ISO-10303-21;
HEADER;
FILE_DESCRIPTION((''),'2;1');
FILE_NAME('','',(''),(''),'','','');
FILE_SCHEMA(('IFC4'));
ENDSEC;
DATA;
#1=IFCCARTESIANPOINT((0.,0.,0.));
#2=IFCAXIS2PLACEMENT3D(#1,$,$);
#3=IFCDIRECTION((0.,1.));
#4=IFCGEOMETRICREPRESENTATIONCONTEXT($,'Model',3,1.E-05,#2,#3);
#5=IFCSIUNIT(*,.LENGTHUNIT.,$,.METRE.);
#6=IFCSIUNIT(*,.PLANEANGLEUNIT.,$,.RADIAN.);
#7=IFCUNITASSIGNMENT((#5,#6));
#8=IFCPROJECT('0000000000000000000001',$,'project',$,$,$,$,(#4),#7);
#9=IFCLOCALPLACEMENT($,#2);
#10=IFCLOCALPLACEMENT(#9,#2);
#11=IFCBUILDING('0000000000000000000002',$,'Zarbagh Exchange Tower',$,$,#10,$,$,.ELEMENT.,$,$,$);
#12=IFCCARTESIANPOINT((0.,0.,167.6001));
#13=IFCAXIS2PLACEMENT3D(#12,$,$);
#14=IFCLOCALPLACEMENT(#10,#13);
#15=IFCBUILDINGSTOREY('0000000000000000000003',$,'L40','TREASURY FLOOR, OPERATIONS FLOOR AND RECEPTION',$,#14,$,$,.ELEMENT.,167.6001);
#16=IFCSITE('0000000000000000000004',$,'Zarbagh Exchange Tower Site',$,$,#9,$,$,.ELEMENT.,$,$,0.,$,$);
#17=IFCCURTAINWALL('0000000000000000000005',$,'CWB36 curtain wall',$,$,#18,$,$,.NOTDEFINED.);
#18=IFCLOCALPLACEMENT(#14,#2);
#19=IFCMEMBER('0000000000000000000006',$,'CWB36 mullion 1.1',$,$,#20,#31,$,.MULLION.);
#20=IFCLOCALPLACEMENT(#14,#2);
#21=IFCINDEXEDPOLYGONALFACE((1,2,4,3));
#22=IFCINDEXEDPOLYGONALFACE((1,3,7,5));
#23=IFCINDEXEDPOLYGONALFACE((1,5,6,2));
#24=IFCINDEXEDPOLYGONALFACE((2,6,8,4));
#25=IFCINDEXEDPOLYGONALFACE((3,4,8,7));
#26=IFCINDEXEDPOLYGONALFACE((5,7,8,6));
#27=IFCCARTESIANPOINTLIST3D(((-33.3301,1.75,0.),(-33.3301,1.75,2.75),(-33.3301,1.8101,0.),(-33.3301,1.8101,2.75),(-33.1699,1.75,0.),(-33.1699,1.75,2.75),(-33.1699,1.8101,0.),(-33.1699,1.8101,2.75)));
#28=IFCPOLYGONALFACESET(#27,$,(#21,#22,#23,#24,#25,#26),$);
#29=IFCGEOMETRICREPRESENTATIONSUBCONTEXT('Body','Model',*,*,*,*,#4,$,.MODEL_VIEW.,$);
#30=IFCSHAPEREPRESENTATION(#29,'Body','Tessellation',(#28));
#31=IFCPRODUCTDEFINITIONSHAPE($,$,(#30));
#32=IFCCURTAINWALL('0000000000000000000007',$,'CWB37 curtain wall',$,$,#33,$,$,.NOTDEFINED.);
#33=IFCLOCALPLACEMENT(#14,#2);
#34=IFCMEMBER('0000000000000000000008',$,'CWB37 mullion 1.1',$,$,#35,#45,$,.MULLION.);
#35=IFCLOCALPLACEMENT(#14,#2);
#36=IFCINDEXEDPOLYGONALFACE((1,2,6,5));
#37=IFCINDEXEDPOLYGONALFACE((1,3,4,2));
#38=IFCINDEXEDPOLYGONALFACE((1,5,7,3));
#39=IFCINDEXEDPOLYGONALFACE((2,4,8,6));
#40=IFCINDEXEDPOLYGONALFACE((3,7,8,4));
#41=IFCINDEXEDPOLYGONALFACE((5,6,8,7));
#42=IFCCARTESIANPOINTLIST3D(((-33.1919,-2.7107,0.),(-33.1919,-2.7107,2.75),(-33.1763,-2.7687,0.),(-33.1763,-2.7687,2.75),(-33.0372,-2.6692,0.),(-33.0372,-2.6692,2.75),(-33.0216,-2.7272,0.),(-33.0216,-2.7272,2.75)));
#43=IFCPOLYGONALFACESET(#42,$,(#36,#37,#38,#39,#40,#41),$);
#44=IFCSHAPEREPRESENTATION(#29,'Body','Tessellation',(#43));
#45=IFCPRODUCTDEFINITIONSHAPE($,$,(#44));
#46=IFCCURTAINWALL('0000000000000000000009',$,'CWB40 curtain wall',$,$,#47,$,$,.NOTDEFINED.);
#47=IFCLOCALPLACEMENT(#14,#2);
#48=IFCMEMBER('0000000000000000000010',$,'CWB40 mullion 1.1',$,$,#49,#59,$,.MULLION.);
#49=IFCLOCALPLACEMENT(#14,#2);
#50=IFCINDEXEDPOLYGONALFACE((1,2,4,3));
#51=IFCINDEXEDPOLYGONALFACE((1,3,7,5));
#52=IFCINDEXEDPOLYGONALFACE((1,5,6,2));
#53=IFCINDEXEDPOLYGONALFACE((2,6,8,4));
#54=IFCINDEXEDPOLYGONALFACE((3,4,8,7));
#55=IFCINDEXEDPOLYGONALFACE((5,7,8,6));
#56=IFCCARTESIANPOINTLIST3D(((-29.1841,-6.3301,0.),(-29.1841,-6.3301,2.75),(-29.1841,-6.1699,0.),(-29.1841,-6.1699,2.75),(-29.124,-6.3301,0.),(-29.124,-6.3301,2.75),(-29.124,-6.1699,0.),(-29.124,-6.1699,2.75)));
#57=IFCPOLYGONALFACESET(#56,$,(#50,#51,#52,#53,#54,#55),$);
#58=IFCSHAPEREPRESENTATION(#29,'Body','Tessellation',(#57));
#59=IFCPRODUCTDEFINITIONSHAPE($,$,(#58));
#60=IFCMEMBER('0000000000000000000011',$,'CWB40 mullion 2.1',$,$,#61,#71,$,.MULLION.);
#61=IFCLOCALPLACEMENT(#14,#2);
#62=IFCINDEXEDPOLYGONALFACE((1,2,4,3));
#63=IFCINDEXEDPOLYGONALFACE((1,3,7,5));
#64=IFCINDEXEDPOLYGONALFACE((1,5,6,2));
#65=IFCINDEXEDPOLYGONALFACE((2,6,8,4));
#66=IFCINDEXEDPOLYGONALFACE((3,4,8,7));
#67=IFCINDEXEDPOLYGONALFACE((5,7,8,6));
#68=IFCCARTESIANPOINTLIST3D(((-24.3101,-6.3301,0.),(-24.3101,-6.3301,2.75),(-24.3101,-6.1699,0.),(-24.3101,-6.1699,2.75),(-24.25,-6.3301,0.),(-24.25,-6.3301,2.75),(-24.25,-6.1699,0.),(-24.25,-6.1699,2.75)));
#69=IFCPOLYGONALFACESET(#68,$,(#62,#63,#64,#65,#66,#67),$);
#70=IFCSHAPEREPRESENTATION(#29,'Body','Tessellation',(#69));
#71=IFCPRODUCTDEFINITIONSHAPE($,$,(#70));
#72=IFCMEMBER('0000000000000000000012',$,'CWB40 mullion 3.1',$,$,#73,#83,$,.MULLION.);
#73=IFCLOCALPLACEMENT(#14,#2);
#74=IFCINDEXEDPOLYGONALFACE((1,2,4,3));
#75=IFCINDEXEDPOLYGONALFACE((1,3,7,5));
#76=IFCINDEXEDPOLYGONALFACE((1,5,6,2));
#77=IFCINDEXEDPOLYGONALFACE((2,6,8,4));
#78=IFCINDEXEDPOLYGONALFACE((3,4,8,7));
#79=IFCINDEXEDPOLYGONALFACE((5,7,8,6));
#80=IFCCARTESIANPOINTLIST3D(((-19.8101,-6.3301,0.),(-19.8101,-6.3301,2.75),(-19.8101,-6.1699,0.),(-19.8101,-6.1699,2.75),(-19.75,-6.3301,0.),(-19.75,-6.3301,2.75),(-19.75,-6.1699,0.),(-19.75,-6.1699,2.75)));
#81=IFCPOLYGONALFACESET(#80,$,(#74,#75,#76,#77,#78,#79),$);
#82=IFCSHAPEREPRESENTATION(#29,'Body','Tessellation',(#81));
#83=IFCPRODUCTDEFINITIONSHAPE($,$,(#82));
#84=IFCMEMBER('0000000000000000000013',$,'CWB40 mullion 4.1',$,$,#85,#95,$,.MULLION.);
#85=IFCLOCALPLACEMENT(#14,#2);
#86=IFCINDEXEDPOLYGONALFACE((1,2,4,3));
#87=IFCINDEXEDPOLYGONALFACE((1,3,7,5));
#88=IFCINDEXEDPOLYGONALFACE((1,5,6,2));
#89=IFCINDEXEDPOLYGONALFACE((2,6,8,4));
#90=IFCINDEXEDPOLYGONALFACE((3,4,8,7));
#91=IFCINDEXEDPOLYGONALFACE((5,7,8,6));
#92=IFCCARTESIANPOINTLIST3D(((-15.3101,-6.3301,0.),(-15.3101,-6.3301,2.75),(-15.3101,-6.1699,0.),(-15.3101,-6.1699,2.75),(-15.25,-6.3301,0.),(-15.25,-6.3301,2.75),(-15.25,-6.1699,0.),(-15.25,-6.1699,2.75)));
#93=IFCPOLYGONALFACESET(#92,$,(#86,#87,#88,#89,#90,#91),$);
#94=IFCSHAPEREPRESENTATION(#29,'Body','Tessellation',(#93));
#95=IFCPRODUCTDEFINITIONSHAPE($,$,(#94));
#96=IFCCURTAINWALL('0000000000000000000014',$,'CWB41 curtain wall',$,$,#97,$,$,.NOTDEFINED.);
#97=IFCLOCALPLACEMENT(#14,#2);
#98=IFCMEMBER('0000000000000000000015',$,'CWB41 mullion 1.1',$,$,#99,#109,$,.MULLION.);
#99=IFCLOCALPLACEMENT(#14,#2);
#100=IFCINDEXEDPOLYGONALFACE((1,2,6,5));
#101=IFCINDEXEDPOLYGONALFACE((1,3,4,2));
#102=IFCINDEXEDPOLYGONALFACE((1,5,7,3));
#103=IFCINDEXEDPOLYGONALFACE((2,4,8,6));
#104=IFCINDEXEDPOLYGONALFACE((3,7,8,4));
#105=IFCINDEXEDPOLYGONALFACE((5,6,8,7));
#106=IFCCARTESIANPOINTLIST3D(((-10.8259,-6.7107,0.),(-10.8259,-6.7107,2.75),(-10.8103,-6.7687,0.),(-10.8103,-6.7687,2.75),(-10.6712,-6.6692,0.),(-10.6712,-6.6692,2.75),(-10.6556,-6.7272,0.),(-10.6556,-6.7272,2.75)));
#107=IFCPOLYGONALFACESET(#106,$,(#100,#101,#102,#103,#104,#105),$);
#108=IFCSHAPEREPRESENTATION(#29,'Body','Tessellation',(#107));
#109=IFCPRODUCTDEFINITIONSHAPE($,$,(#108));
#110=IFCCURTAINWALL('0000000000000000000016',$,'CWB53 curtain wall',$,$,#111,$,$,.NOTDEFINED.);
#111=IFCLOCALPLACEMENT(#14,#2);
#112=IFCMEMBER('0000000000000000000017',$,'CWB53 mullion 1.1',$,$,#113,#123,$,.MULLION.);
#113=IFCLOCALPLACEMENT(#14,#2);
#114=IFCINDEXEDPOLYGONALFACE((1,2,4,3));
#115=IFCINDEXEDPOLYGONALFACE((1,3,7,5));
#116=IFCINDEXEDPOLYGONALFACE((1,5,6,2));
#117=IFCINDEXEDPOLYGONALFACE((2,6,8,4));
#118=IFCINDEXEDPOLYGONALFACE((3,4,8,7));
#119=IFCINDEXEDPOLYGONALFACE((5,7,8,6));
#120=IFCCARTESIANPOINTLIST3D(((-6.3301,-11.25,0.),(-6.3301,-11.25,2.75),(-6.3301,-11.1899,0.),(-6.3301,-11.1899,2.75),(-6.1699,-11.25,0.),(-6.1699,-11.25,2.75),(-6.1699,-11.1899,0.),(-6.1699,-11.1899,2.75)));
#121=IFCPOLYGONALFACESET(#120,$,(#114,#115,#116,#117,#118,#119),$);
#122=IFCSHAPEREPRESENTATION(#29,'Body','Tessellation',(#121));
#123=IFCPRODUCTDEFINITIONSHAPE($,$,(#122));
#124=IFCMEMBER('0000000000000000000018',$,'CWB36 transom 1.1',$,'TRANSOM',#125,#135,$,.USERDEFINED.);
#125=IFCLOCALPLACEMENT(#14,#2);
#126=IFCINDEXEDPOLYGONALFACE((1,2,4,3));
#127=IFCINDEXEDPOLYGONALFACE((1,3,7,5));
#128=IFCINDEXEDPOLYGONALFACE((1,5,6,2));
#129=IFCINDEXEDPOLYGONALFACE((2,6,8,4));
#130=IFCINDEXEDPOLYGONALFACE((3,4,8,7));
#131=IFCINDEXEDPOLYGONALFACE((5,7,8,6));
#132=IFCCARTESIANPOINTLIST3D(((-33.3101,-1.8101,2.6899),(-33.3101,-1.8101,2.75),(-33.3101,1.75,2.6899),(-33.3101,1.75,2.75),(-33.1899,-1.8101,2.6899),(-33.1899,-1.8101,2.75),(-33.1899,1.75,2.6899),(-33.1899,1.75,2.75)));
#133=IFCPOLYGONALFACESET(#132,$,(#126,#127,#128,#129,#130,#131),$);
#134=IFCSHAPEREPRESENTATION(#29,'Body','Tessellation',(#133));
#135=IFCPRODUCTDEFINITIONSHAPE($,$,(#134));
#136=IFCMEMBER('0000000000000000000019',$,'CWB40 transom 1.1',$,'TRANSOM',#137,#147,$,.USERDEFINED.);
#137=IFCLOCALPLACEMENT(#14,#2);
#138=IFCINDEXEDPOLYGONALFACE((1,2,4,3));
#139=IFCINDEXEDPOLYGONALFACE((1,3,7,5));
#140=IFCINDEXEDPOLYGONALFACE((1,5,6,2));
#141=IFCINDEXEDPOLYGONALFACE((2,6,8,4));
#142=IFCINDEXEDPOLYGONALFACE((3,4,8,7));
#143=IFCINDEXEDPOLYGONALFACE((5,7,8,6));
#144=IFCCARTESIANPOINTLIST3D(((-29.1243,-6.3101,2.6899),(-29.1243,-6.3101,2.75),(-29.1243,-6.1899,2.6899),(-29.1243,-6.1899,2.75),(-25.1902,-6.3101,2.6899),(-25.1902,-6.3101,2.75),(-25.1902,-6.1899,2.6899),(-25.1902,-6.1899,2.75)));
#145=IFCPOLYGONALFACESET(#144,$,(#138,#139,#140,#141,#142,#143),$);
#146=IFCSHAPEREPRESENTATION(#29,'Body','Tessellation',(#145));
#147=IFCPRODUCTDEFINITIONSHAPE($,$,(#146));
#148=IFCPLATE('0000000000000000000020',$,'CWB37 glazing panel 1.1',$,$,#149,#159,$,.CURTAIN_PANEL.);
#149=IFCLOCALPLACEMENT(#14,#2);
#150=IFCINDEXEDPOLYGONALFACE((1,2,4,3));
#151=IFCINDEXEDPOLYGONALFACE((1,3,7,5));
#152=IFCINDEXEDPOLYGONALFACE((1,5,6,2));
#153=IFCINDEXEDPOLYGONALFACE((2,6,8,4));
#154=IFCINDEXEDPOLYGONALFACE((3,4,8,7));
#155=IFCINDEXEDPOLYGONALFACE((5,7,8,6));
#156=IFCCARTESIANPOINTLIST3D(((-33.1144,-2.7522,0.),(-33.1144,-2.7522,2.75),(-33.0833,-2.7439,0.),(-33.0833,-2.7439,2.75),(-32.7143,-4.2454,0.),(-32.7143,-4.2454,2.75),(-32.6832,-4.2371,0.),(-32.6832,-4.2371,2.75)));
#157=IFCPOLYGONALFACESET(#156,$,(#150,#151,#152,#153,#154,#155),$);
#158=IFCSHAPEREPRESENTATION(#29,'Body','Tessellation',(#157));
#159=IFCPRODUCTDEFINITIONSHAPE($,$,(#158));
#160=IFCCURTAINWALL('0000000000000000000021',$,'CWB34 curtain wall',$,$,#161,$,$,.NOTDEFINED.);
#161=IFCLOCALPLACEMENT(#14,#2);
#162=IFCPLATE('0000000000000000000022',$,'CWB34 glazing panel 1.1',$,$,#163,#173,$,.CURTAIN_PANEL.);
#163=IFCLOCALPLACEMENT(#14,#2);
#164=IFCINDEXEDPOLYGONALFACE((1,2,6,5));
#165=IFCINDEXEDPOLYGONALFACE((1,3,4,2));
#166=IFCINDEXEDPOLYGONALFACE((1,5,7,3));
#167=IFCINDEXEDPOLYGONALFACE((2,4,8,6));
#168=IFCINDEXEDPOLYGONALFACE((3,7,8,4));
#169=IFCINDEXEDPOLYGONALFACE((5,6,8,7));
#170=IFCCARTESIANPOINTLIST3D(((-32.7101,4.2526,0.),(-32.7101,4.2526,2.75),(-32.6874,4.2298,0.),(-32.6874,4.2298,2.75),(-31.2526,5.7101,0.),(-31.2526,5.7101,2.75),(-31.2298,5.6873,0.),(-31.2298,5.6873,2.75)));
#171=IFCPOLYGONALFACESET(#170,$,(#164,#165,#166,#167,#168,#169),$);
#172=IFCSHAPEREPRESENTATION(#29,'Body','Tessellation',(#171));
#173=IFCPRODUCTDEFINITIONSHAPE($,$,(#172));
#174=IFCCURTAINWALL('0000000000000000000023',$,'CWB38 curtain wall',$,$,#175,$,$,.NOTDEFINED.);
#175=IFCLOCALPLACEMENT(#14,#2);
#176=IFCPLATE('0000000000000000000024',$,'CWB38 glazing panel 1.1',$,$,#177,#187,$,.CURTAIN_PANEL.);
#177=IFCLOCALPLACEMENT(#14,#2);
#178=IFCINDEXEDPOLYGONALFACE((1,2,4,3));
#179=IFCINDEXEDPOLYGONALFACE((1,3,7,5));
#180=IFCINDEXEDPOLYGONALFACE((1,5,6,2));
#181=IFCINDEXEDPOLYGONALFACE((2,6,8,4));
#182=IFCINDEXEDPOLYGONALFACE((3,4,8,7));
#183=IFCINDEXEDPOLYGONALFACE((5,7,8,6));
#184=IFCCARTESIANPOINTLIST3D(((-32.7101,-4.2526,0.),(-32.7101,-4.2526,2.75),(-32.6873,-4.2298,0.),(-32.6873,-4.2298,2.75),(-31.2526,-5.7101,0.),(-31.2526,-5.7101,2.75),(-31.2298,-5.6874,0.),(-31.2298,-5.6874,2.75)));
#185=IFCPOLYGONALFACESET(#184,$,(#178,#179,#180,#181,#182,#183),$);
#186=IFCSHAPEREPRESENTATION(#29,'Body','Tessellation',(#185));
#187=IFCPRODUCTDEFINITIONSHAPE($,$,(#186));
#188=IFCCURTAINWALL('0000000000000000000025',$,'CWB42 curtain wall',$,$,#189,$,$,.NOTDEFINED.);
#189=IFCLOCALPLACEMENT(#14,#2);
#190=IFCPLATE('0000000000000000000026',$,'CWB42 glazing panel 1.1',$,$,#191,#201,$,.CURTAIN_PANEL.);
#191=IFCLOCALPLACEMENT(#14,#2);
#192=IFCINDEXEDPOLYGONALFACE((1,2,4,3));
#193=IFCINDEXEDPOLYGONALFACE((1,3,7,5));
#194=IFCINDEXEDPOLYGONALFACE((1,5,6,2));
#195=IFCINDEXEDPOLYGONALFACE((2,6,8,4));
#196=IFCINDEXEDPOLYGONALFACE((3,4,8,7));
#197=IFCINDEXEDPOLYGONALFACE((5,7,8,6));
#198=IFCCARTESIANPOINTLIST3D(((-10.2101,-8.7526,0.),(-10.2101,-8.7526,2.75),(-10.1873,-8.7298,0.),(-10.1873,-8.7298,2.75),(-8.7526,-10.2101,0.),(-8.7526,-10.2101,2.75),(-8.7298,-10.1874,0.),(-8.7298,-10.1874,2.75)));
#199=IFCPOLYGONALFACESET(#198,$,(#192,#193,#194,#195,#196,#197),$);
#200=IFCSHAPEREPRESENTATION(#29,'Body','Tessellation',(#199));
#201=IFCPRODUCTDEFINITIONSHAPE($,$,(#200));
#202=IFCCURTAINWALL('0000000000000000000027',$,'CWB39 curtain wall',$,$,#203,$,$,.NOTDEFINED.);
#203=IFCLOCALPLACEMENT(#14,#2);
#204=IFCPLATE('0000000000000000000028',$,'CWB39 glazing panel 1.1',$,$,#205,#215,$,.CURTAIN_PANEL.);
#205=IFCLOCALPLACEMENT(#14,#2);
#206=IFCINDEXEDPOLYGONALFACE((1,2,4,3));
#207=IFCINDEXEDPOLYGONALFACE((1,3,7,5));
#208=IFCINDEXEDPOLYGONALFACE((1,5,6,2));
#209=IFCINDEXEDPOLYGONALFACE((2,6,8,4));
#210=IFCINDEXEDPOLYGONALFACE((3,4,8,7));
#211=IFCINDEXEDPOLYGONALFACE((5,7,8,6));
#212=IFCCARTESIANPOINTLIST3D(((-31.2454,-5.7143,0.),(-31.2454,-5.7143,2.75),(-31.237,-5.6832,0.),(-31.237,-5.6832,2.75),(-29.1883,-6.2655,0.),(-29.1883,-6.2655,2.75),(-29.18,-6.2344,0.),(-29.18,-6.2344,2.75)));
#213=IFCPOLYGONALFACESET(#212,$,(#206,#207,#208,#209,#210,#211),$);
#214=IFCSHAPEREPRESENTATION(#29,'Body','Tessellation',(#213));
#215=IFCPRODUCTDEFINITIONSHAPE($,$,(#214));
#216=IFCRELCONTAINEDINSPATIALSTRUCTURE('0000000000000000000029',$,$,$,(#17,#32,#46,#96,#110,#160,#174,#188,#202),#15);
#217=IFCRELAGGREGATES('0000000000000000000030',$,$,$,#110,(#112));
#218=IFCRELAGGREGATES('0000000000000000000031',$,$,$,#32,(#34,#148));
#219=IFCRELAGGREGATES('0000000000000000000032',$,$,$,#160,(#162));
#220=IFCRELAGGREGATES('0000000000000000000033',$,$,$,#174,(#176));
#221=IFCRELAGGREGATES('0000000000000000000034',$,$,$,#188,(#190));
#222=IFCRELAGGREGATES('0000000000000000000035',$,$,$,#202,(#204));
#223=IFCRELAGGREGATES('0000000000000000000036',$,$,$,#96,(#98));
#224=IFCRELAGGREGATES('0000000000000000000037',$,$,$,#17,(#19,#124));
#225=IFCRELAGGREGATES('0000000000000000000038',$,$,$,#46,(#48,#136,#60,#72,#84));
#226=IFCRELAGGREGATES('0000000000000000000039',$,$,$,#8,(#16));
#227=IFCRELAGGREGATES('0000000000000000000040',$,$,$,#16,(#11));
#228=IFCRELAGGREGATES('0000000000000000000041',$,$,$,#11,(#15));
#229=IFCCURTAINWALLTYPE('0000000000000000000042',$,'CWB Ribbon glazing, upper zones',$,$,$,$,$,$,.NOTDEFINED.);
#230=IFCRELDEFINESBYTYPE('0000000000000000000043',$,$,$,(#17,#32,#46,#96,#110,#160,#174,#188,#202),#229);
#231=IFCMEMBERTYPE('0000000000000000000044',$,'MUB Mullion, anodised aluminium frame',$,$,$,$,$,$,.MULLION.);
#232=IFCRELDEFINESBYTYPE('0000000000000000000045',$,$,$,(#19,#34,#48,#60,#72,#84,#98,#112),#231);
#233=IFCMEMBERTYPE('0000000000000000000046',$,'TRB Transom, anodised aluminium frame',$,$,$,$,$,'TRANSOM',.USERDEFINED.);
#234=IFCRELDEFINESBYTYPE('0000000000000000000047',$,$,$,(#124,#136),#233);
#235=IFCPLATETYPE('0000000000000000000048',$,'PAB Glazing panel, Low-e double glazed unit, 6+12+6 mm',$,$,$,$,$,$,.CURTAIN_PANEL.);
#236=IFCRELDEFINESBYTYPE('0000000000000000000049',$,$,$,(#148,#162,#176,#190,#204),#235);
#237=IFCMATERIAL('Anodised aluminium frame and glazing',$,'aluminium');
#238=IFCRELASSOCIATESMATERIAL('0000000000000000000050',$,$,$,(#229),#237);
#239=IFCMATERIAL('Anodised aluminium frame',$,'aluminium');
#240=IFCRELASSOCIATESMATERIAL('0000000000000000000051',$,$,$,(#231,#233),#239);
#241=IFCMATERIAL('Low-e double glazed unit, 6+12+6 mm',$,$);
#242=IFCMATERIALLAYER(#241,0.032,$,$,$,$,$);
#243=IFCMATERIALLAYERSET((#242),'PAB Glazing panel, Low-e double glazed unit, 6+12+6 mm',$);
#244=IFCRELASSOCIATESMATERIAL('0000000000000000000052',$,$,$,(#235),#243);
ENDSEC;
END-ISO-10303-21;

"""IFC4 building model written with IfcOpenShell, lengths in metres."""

from ifc_helpers import new_model, si_unit, direction, frame, origin, place, context, subcontext, project, spatial, polyline, outline, extrude, source, transform, mapped, material, layer, layer_set, type_object, element, aggregate, save


model = new_model("IFC4")

# Units and contexts
model_context = context("Model", 3, precision=1e-05, world=origin(), true_north=direction((0.0, 1.0)))
body_context = subcontext(model_context, "Body", "Model", "MODEL_VIEW")
ifc_project = project(units=[si_unit("LENGTHUNIT", "METRE"), si_unit("PLANEANGLEUNIT", "RADIAN")], contexts=[model_context])

# Site, building, storey
site_placement = place(None, origin())
site = spatial("IfcSite", under=ifc_project, at=site_placement, Name="Zarbagh Exchange Tower Site", CompositionType="ELEMENT", RefElevation=0.0)
building_placement = place(site_placement, origin())
building = spatial("IfcBuilding", under=site, at=building_placement, Name="Zarbagh Exchange Tower", CompositionType="ELEMENT")
storey_placement = place(building_placement, frame((0.0, 0.0, 167.6001)))
storey = spatial("IfcBuildingStorey", under=building, at=storey_placement, Name="L40", Description="TREASURY FLOOR, OPERATIONS FLOOR AND RECEPTION", CompositionType="ELEMENT", Elevation=167.6001)

# Curtain walls, members
ifc_material_1 = material(Name="Anodised aluminium frame and glazing", Category="aluminium")
curtain_wall_type = type_object("IfcCurtainWallType", Name="CWB Ribbon glazing, upper zones", PredefinedType="NOTDEFINED", material=ifc_material_1)
curtain_wall_1_placement = place(storey_placement, origin())
curtain_wall_1 = element("IfcCurtainWall", 1, at=curtain_wall_1_placement, inside=storey, type_object=curtain_wall_type, Name="CWB36 curtain wall", PredefinedType="NOTDEFINED")
ifc_material_2 = material(Name="Anodised aluminium frame", Category="aluminium")
member_type_1 = type_object("IfcMemberType", Name="MUB Mullion, anodised aluminium frame", PredefinedType="MULLION", material=ifc_material_2)
shared_shape_1 = source(origin(), body_context, "Body", "SweptSolid", [
    extrude(outline(polyline([(0.0, -0.0801), (0.0601, -0.0801), (0.0601, 0.0801), (0.0, 0.0801), (0.0, -0.0801)])), origin(), (0.0, 0.0, 1.0), 2.75),
])
placement = place(storey_placement, origin())
member_1 = element("IfcMember", 2, at=placement, type_object=member_type_1, Name="CWB36 mullion 1.1", PredefinedType="MULLION", context=body_context, shape_type="MappedRepresentation", body=[
    mapped(shared_shape_1, transform((-33.25, 1.8101, 0.0), x_axis=(0.0, -1.0, 0.0), y_axis=(1.0, 0.0, 0.0), z_axis=(0.0, 0.0, 1.0))),
])
curtain_wall_2_placement = place(storey_placement, origin())
curtain_wall_2 = element("IfcCurtainWall", 3, at=curtain_wall_2_placement, inside=storey, type_object=curtain_wall_type, Name="CWB37 curtain wall", PredefinedType="NOTDEFINED")
member_2 = element("IfcMember", 4, at=placement, type_object=member_type_1, Name="CWB37 mullion 1.1", PredefinedType="MULLION", context=body_context, shape_type="MappedRepresentation", body=[
    mapped(shared_shape_1, transform((-33.1145, -2.6899, 0.0), x_axis=(0.258825, -0.965924, 0.0), y_axis=(0.965924, 0.258825, 0.0), z_axis=(0.0, 0.0, 1.0))),
])

# Curtain wall, members
curtain_wall_3_placement = place(storey_placement, origin())
curtain_wall_3 = element("IfcCurtainWall", 5, at=curtain_wall_3_placement, inside=storey, type_object=curtain_wall_type, Name="CWB40 curtain wall", PredefinedType="NOTDEFINED")
member_3 = element("IfcMember", 6, at=placement, type_object=member_type_1, Name="CWB40 mullion 1.1", PredefinedType="MULLION", context=body_context, shape_type="MappedRepresentation", body=[
    mapped(shared_shape_1, transform((-29.1841, -6.25, 0.0), x_axis=(1.0, 0.0, 0.0), y_axis=(0.0, 1.0, 0.0), z_axis=(0.0, 0.0, 1.0))),
])
member_4 = element("IfcMember", 7, at=placement, type_object=member_type_1, Name="CWB40 mullion 2.1", PredefinedType="MULLION", context=body_context, shape_type="MappedRepresentation", body=[
    mapped(shared_shape_1, transform((-24.3101, -6.25, 0.0), x_axis=(1.0, 0.0, 0.0), y_axis=(0.0, 1.0, 0.0), z_axis=(0.0, 0.0, 1.0))),
])
member_5 = element("IfcMember", 8, at=placement, type_object=member_type_1, Name="CWB40 mullion 3.1", PredefinedType="MULLION", context=body_context, shape_type="MappedRepresentation", body=[
    mapped(shared_shape_1, transform((-19.8101, -6.25, 0.0), x_axis=(1.0, 0.0, 0.0), y_axis=(0.0, 1.0, 0.0), z_axis=(0.0, 0.0, 1.0))),
])
member_6 = element("IfcMember", 9, at=placement, type_object=member_type_1, Name="CWB40 mullion 4.1", PredefinedType="MULLION", context=body_context, shape_type="MappedRepresentation", body=[
    mapped(shared_shape_1, transform((-15.3101, -6.25, 0.0), x_axis=(1.0, 0.0, 0.0), y_axis=(0.0, 1.0, 0.0), z_axis=(0.0, 0.0, 1.0))),
])

# Curtain walls, members
curtain_wall_4_placement = place(storey_placement, origin())
curtain_wall_4 = element("IfcCurtainWall", 10, at=curtain_wall_4_placement, inside=storey, type_object=curtain_wall_type, Name="CWB41 curtain wall", PredefinedType="NOTDEFINED")
member_7 = element("IfcMember", 11, at=placement, type_object=member_type_1, Name="CWB41 mullion 1.1", PredefinedType="MULLION", context=body_context, shape_type="MappedRepresentation", body=[
    mapped(shared_shape_1, transform((-10.7485, -6.6899, 0.0), x_axis=(0.258825, -0.965924, 0.0), y_axis=(0.965924, 0.258825, 0.0), z_axis=(0.0, 0.0, 1.0))),
])
curtain_wall_5_placement = place(storey_placement, origin())
curtain_wall_5 = element("IfcCurtainWall", 12, at=curtain_wall_5_placement, inside=storey, type_object=curtain_wall_type, Name="CWB53 curtain wall", PredefinedType="NOTDEFINED")
member_8 = element("IfcMember", 13, at=placement, type_object=member_type_1, Name="CWB53 mullion 1.1", PredefinedType="MULLION", context=body_context, shape_type="MappedRepresentation", body=[
    mapped(shared_shape_1, transform((-6.25, -11.1899, 0.0), x_axis=(0.0, -1.0, 0.0), y_axis=(1.0, 0.0, 0.0), z_axis=(0.0, 0.0, 1.0))),
])
aggregate(curtain_wall_5, [member_8])

# Members
member_type_2 = type_object("IfcMemberType", Name="TRB Transom, anodised aluminium frame", ElementType="TRANSOM", PredefinedType="USERDEFINED", material=ifc_material_2)
shared_shape_2 = source(origin(), body_context, "Body", "SweptSolid", [
    extrude(outline(polyline([(-0.0601, -0.0601), (0.0, -0.0601), (0.0, 0.0601), (-0.0601, 0.0601), (-0.0601, -0.0601)])), origin(), (0.0, 0.0, 1.0), 3.5601),
])
member_9 = element("IfcMember", 14, at=placement, type_object=member_type_2, Name="CWB36 transom 1.1", ObjectType="TRANSOM", PredefinedType="USERDEFINED", context=body_context, shape_type="MappedRepresentation", body=[
    mapped(shared_shape_2, transform((-33.25, 1.75, 2.75), x_axis=(0.0, 0.0, 1.0), y_axis=(-1.0, 0.0, 0.0), z_axis=(0.0, -1.0, 0.0))),
])
shared_shape_3 = source(origin(), body_context, "Body", "SweptSolid", [
    extrude(outline(polyline([(-0.0601, -0.0601), (0.0, -0.0601), (0.0, 0.0601), (-0.0601, 0.0601), (-0.0601, -0.0601)])), origin(), (0.0, 0.0, 1.0), 3.9341),
])
member_10 = element("IfcMember", 15, at=placement, type_object=member_type_2, Name="CWB40 transom 1.1", ObjectType="TRANSOM", PredefinedType="USERDEFINED", context=body_context, shape_type="MappedRepresentation", body=[
    mapped(shared_shape_3, transform((-29.1243, -6.25, 2.75), x_axis=(0.0, 0.0, 1.0), y_axis=(0.0, -1.0, 0.0), z_axis=(1.0, 0.0, 0.0))),
])

# Plate
ifc_material_3 = material(Name="Low-e double glazed unit, 6+12+6 mm")
ifc_layer = layer(ifc_material_3, 0.032)
ifc_layer_set = layer_set([ifc_layer], Name="PAB Glazing panel, Low-e double glazed unit, 6+12+6 mm")
plate_type = type_object("IfcPlateType", Name="PAB Glazing panel, Low-e double glazed unit, 6+12+6 mm", PredefinedType="CURTAIN_PANEL", material=ifc_layer_set)
shared_shape_4 = source(origin(), body_context, "Body", "SweptSolid", [
    extrude(outline(polyline([(0.0, -0.0161), (1.5459, -0.0161), (1.5459, 0.0161), (0.0, 0.0161), (0.0, -0.0161)])), origin(), (0.0, 0.0, 1.0), 2.75),
])
plate_1 = element("IfcPlate", 16, at=placement, type_object=plate_type, Name="CWB37 glazing panel 1.1", PredefinedType="CURTAIN_PANEL", context=body_context, shape_type="MappedRepresentation", body=[
    mapped(shared_shape_4, transform((-33.0989, -2.748, 0.0), x_axis=(0.258825, -0.965924, 0.0), y_axis=(0.965924, 0.258825, 0.0), z_axis=(0.0, 0.0, 1.0))),
])
aggregate(curtain_wall_2, [member_2, plate_1])

# Curtain walls, plates
curtain_wall_6_placement = place(storey_placement, origin())
curtain_wall_6 = element("IfcCurtainWall", 17, at=curtain_wall_6_placement, inside=storey, type_object=curtain_wall_type, Name="CWB34 curtain wall", PredefinedType="NOTDEFINED")
shared_shape_5 = source(origin(), body_context, "Body", "SweptSolid", [
    extrude(outline(polyline([(0.0, -0.0161), (2.0613, -0.0161), (2.0613, 0.0161), (0.0, 0.0161), (0.0, -0.0161)])), origin(), (0.0, 0.0, 1.0), 2.75),
])
plate_2 = element("IfcPlate", 18, at=placement, type_object=plate_type, Name="CWB34 glazing panel 1.1", PredefinedType="CURTAIN_PANEL", context=body_context, shape_type="MappedRepresentation", body=[
    mapped(shared_shape_5, transform((-31.2412, 5.6987, 0.0), x_axis=(-0.707107, -0.707107, 0.0), y_axis=(0.707107, -0.707107, 0.0), z_axis=(0.0, 0.0, 1.0))),
])
aggregate(curtain_wall_6, [plate_2])
curtain_wall_7_placement = place(storey_placement, origin())
curtain_wall_7 = element("IfcCurtainWall", 19, at=curtain_wall_7_placement, inside=storey, type_object=curtain_wall_type, Name="CWB38 curtain wall", PredefinedType="NOTDEFINED")
plate_3 = element("IfcPlate", 20, at=placement, type_object=plate_type, Name="CWB38 glazing panel 1.1", PredefinedType="CURTAIN_PANEL", context=body_context, shape_type="MappedRepresentation", body=[
    mapped(shared_shape_5, transform((-32.6987, -4.2412, 0.0), x_axis=(0.707107, -0.707107, 0.0), y_axis=(0.707107, 0.707107, 0.0), z_axis=(0.0, 0.0, 1.0))),
])
aggregate(curtain_wall_7, [plate_3])
curtain_wall_8_placement = place(storey_placement, origin())
curtain_wall_8 = element("IfcCurtainWall", 21, at=curtain_wall_8_placement, inside=storey, type_object=curtain_wall_type, Name="CWB42 curtain wall", PredefinedType="NOTDEFINED")
plate_4 = element("IfcPlate", 22, at=placement, type_object=plate_type, Name="CWB42 glazing panel 1.1", PredefinedType="CURTAIN_PANEL", context=body_context, shape_type="MappedRepresentation", body=[
    mapped(shared_shape_5, transform((-10.1987, -8.7412, 0.0), x_axis=(0.707107, -0.707107, 0.0), y_axis=(0.707107, 0.707107, 0.0), z_axis=(0.0, 0.0, 1.0))),
])
aggregate(curtain_wall_8, [plate_4])
curtain_wall_9_placement = place(storey_placement, origin())
curtain_wall_9 = element("IfcCurtainWall", 23, at=curtain_wall_9_placement, inside=storey, type_object=curtain_wall_type, Name="CWB39 curtain wall", PredefinedType="NOTDEFINED")
shared_shape_6 = source(origin(), body_context, "Body", "SweptSolid", [
    extrude(outline(polyline([(0.0, -0.0161), (2.1296, -0.0161), (2.1296, 0.0161), (0.0, 0.0161), (0.0, -0.0161)])), origin(), (0.0, 0.0, 1.0), 2.75),
])
plate_5 = element("IfcPlate", 24, at=placement, type_object=plate_type, Name="CWB39 glazing panel 1.1", PredefinedType="CURTAIN_PANEL", context=body_context, shape_type="MappedRepresentation", body=[
    mapped(shared_shape_6, transform((-31.2412, -5.6987, 0.0), x_axis=(0.965924, -0.258825, 0.0), y_axis=(0.258825, 0.965924, 0.0), z_axis=(0.0, 0.0, 1.0))),
])
aggregate(curtain_wall_9, [plate_5])

aggregate(curtain_wall_4, [member_7])

aggregate(curtain_wall_1, [member_1, member_9])
aggregate(curtain_wall_3, [member_3, member_10, member_4, member_5, member_6])

save(model, "model.ifc")
